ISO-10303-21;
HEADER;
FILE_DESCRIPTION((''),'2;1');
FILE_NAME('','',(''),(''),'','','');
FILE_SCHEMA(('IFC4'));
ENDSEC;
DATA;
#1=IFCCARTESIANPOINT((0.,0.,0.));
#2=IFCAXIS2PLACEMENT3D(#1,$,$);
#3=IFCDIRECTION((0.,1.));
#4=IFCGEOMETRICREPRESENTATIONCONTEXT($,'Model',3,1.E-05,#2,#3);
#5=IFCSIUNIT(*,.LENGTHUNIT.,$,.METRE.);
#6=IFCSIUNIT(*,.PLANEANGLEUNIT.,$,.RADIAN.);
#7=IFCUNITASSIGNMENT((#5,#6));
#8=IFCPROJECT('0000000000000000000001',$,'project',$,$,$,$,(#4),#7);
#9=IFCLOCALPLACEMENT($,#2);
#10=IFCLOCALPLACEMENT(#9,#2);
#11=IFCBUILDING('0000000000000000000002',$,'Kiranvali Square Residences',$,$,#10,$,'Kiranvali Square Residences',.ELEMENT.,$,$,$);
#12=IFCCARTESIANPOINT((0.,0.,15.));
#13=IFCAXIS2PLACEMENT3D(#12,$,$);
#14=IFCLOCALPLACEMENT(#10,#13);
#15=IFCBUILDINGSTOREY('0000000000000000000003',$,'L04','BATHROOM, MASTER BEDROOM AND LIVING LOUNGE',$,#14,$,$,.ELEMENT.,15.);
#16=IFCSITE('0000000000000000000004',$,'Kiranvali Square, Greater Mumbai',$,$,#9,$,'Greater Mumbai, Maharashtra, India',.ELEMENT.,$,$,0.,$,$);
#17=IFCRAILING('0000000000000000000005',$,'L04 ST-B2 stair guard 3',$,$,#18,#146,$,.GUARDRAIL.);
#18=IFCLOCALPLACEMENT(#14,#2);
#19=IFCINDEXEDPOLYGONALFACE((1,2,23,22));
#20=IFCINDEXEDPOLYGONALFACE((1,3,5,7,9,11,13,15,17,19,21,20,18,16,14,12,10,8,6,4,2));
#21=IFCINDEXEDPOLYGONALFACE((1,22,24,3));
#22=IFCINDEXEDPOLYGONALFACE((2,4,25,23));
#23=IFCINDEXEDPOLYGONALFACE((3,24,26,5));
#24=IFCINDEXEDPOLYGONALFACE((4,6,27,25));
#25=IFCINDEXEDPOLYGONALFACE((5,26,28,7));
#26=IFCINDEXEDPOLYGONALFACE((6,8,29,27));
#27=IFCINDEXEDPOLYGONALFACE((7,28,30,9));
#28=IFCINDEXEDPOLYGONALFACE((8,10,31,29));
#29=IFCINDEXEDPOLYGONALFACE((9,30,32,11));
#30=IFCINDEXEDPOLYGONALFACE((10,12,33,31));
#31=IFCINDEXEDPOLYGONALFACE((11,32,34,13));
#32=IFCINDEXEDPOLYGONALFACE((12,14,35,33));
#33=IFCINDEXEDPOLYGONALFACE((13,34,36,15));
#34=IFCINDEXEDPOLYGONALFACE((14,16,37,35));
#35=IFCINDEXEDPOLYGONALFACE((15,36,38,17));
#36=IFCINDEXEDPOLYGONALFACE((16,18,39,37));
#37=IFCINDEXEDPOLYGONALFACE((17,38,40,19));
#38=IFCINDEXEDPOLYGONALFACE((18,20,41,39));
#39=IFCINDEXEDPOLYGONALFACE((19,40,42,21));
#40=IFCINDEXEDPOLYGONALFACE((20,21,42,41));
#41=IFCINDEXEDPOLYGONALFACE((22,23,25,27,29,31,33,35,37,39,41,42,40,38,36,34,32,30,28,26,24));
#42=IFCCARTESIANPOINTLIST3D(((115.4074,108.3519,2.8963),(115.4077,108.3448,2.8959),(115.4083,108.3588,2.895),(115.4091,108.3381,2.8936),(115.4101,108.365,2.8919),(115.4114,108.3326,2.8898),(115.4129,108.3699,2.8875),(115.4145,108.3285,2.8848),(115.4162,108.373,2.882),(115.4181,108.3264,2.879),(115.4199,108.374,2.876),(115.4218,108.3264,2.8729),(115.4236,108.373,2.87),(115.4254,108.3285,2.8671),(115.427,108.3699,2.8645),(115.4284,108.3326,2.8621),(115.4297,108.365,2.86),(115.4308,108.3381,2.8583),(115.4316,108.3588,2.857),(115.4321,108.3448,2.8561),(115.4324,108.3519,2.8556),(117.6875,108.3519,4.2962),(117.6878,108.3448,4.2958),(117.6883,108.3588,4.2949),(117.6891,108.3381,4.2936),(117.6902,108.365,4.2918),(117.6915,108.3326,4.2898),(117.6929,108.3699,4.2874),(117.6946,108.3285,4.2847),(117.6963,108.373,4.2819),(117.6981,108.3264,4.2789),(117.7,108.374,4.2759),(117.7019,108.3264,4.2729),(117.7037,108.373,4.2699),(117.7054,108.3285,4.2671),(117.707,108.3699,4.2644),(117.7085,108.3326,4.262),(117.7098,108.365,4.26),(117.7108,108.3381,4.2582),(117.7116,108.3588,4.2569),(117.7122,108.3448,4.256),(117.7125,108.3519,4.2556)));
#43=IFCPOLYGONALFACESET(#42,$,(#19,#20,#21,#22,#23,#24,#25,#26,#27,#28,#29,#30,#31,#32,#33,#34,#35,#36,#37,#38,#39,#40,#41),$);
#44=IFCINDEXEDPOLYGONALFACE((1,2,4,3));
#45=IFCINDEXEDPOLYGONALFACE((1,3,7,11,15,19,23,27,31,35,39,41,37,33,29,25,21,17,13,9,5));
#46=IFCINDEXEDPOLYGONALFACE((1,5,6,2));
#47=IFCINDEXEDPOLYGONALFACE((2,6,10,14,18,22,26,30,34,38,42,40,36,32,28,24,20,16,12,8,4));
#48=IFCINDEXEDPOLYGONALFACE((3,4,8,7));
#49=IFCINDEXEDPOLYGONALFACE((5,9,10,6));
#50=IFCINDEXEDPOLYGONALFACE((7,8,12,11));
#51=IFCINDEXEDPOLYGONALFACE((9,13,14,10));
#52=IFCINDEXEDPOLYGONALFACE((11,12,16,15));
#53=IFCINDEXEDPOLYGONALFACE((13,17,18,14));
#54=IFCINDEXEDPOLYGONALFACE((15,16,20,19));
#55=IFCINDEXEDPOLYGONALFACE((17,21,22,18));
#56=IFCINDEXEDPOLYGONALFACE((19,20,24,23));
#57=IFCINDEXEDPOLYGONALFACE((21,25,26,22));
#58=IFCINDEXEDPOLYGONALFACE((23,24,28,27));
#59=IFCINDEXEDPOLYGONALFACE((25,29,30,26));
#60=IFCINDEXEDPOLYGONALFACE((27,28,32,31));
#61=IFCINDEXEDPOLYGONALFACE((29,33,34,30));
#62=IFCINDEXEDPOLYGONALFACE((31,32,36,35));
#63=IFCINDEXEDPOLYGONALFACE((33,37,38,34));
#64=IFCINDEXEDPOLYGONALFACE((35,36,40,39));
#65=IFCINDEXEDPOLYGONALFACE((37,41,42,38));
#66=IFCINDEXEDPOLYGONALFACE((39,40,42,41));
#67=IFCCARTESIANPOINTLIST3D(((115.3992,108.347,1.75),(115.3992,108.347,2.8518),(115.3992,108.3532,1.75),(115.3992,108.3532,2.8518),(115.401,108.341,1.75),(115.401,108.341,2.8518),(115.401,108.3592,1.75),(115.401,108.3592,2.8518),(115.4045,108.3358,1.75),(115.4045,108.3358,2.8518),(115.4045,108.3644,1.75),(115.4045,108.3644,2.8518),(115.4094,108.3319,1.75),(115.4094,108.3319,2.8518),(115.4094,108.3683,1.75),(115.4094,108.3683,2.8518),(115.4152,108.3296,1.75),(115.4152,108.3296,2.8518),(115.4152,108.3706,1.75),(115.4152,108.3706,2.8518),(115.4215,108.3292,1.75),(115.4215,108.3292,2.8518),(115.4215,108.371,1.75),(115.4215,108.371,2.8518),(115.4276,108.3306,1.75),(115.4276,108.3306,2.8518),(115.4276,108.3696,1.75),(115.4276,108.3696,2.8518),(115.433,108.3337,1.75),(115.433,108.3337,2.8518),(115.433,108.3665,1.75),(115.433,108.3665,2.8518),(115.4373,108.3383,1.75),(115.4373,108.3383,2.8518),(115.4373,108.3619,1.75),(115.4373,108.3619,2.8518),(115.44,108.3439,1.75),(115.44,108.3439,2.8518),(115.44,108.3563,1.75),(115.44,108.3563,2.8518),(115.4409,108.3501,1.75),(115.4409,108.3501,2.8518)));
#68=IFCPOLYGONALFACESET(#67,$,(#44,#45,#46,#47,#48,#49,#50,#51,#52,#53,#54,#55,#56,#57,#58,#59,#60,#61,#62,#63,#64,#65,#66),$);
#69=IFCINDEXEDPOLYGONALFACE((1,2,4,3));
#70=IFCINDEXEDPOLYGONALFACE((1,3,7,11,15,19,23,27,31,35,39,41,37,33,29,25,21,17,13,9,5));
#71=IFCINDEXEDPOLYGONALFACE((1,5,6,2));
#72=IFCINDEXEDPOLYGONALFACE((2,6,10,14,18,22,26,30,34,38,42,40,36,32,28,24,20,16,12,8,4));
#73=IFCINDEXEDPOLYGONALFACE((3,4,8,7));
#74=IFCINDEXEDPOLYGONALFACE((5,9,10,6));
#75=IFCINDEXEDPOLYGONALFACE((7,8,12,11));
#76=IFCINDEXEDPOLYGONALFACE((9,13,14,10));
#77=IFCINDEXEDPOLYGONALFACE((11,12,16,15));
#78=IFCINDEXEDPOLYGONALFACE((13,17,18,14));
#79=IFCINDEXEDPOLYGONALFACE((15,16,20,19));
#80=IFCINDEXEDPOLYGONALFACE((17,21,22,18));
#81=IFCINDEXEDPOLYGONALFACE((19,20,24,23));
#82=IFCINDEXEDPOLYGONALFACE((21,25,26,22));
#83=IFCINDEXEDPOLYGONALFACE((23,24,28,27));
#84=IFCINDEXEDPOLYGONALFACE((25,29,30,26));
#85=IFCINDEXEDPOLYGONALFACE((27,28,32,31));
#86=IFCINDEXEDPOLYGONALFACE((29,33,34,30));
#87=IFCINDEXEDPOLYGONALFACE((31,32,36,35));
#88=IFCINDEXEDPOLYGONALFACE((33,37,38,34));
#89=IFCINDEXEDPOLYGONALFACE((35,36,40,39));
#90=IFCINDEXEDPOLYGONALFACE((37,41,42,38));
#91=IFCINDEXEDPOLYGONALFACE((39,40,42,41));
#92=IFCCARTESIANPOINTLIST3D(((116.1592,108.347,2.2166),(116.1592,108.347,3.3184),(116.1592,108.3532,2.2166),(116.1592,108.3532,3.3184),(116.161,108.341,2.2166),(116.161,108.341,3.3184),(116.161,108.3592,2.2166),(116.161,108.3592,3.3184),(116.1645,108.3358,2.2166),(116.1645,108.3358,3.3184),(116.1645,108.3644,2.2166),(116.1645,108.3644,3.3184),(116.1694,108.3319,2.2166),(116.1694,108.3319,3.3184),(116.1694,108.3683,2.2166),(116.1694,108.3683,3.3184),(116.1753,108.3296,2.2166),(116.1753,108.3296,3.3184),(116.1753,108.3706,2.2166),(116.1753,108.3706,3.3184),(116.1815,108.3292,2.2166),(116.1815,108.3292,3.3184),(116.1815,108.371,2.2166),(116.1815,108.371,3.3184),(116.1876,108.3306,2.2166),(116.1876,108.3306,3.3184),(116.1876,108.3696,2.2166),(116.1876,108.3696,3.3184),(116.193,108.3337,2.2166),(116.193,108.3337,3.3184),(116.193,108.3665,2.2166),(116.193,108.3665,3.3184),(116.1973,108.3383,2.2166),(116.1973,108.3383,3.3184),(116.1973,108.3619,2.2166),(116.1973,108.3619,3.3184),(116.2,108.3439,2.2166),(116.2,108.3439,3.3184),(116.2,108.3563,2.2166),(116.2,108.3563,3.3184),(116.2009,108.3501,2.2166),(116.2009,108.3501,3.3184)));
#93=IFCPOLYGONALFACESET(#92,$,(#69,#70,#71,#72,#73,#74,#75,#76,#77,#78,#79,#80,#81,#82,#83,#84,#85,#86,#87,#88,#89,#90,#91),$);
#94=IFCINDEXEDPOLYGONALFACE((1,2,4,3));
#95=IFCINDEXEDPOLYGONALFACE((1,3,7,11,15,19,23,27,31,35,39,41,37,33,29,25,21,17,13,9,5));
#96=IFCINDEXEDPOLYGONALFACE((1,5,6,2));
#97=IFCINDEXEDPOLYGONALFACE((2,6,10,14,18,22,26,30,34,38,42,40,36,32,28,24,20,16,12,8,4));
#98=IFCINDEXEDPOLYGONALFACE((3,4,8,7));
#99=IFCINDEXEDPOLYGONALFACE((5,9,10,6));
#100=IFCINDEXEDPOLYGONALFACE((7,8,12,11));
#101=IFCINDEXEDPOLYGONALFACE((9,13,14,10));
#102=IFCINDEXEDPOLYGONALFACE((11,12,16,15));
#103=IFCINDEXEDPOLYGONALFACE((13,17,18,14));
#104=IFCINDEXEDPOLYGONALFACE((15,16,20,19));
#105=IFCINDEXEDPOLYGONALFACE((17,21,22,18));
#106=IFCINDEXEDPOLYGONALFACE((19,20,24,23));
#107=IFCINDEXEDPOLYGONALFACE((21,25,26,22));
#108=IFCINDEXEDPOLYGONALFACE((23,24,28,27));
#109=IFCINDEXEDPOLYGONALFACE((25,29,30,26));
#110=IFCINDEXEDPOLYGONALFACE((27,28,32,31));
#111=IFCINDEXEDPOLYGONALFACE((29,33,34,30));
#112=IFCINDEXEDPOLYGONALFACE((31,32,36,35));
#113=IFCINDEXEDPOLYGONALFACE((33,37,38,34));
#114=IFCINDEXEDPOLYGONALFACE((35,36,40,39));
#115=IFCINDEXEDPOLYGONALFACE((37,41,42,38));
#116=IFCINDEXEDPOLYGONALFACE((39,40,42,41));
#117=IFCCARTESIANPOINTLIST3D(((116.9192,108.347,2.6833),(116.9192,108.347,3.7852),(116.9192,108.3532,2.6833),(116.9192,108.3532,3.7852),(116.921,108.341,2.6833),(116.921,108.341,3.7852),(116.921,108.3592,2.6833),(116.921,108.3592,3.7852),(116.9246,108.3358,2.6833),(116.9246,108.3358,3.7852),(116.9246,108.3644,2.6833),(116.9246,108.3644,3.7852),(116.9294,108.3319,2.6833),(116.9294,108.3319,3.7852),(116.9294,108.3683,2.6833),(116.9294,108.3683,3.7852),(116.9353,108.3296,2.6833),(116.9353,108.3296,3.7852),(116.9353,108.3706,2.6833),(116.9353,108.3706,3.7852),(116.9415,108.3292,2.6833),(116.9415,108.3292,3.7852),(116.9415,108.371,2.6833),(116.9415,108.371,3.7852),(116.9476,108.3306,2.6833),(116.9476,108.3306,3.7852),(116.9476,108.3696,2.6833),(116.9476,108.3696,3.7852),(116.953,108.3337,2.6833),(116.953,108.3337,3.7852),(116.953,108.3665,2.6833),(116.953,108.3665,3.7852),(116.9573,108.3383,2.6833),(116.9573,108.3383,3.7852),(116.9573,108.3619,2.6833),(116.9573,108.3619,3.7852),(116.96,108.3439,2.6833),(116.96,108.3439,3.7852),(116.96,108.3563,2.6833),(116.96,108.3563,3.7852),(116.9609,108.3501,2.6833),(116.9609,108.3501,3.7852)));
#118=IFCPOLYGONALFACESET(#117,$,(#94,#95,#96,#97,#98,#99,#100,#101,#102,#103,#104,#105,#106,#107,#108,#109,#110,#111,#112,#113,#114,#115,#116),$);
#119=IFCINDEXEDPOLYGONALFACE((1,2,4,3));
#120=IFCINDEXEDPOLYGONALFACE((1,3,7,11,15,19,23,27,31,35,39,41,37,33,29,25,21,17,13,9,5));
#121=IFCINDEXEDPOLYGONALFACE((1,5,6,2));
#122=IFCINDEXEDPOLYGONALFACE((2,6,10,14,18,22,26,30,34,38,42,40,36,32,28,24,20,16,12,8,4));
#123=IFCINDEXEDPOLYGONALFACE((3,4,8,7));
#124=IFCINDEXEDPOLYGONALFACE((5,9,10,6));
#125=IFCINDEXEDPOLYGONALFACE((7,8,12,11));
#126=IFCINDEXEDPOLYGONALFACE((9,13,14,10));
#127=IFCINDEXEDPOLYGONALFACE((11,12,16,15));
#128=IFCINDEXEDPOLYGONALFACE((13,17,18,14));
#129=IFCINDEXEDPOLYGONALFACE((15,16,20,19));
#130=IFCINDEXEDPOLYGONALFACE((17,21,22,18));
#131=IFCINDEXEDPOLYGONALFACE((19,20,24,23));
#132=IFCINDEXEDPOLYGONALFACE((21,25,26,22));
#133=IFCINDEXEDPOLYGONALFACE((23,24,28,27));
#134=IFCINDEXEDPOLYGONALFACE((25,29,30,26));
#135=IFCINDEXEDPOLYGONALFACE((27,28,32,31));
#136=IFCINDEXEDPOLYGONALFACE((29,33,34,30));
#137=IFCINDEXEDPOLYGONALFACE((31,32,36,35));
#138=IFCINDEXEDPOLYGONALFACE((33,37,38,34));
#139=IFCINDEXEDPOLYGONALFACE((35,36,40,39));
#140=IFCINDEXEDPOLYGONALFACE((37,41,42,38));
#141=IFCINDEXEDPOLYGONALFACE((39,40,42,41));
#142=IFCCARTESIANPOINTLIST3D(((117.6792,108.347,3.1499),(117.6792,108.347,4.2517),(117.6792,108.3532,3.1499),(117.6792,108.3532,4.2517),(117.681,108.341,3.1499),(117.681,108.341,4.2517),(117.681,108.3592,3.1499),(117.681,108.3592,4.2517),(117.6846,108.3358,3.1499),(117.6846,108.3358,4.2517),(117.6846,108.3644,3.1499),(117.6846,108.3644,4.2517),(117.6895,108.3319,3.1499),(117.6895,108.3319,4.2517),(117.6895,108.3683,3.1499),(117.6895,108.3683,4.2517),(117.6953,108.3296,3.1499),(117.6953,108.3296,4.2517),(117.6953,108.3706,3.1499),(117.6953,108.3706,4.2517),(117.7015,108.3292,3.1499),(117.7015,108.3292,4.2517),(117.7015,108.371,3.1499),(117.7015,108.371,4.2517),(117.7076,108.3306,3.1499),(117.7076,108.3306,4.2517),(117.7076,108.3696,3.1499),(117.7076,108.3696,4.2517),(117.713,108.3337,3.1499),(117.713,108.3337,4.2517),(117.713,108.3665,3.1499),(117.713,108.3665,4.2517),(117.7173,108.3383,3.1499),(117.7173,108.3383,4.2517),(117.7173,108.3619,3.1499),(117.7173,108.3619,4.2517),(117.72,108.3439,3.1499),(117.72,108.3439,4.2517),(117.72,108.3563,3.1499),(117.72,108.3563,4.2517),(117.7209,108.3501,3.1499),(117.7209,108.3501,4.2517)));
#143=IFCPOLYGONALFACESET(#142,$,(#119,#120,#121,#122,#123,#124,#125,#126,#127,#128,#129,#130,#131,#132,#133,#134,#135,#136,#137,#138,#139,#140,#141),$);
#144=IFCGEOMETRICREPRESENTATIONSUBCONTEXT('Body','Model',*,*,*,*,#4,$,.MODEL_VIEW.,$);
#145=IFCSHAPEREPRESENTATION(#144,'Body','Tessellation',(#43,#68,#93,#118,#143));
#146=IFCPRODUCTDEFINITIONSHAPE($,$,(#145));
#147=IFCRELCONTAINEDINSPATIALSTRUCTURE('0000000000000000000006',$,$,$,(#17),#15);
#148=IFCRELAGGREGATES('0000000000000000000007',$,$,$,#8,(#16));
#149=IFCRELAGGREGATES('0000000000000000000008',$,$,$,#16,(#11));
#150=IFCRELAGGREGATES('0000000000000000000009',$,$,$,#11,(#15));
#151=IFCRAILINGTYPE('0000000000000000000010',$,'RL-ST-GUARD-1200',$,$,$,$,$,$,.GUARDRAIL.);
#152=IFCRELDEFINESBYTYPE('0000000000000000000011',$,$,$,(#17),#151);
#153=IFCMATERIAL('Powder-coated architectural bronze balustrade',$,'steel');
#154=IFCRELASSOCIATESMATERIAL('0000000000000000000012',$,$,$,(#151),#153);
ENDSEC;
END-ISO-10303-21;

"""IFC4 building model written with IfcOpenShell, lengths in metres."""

from ifc_helpers import new_model, si_unit, direction, frame, origin, origin_2d, place, context, subcontext, project, spatial, circle, extrude, material, type_object, element, save


model = new_model("IFC4")

# Units and contexts
model_context = context("Model", 3, precision=1e-05, world=origin(), true_north=direction((0.0, 1.0)))
body_context = subcontext(model_context, "Body", "Model", "MODEL_VIEW")
ifc_project = project(units=[si_unit("LENGTHUNIT", "METRE"), si_unit("PLANEANGLEUNIT", "RADIAN")], contexts=[model_context])

# Site, building, storey
site_placement = place(None, origin())
site = spatial("IfcSite", under=ifc_project, at=site_placement, Name="Kiranvali Square, Greater Mumbai", LongName="Greater Mumbai, Maharashtra, India", CompositionType="ELEMENT", RefElevation=0.0)
building_placement = place(site_placement, origin())
building = spatial("IfcBuilding", under=site, at=building_placement, Name="Kiranvali Square Residences", LongName="Kiranvali Square Residences", CompositionType="ELEMENT")
storey_placement = place(building_placement, frame((0.0, 0.0, 15.0)))
storey = spatial("IfcBuildingStorey", under=building, at=storey_placement, Name="L04", Description="BATHROOM, MASTER BEDROOM AND LIVING LOUNGE", CompositionType="ELEMENT", Elevation=15.0)

# Railing
ifc_material_1 = material(Name="Powder-coated architectural bronze balustrade", Category="steel")
railing_type_1 = type_object("IfcRailingType", Name="RL-ST-GUARD-1200", PredefinedType="GUARDRAIL", material=ifc_material_1)
railing_1_placement = place(storey_placement, frame((115.4199, 108.3501, 1.75)))
element("IfcRailing", 1, at=railing_1_placement, inside=storey, type_object=railing_type_1, Name="L04 ST-B2 stair guard 3", PredefinedType="GUARDRAIL", context=body_context, shape_type="SweptSolid", body=[
    extrude(circle(Radius=0.0239, at=origin_2d()), frame((0.0, 0.0, 1.126), z_axis=(0.85219, 0.0, 0.523232), x_axis=(0.0, 1.0, 0.0)), (0.0, 0.0, 1.0), 2.6755),
    extrude(circle(Radius=0.021, at=origin_2d()), origin(), (0.0, 0.0, 1.0), 1.1018),
    extrude(circle(Radius=0.021, at=origin_2d()), frame((0.76, 0.0, 0.4666)), (0.0, 0.0, 1.0), 1.1018),
    extrude(circle(Radius=0.021, at=origin_2d()), frame((1.52, 0.0, 0.9333)), (0.0, 0.0, 1.0), 1.1018),
    extrude(circle(Radius=0.021, at=origin_2d()), frame((2.28, 0.0, 1.3999)), (0.0, 0.0, 1.0), 1.1018),
])

save(model, "model.ifc")
